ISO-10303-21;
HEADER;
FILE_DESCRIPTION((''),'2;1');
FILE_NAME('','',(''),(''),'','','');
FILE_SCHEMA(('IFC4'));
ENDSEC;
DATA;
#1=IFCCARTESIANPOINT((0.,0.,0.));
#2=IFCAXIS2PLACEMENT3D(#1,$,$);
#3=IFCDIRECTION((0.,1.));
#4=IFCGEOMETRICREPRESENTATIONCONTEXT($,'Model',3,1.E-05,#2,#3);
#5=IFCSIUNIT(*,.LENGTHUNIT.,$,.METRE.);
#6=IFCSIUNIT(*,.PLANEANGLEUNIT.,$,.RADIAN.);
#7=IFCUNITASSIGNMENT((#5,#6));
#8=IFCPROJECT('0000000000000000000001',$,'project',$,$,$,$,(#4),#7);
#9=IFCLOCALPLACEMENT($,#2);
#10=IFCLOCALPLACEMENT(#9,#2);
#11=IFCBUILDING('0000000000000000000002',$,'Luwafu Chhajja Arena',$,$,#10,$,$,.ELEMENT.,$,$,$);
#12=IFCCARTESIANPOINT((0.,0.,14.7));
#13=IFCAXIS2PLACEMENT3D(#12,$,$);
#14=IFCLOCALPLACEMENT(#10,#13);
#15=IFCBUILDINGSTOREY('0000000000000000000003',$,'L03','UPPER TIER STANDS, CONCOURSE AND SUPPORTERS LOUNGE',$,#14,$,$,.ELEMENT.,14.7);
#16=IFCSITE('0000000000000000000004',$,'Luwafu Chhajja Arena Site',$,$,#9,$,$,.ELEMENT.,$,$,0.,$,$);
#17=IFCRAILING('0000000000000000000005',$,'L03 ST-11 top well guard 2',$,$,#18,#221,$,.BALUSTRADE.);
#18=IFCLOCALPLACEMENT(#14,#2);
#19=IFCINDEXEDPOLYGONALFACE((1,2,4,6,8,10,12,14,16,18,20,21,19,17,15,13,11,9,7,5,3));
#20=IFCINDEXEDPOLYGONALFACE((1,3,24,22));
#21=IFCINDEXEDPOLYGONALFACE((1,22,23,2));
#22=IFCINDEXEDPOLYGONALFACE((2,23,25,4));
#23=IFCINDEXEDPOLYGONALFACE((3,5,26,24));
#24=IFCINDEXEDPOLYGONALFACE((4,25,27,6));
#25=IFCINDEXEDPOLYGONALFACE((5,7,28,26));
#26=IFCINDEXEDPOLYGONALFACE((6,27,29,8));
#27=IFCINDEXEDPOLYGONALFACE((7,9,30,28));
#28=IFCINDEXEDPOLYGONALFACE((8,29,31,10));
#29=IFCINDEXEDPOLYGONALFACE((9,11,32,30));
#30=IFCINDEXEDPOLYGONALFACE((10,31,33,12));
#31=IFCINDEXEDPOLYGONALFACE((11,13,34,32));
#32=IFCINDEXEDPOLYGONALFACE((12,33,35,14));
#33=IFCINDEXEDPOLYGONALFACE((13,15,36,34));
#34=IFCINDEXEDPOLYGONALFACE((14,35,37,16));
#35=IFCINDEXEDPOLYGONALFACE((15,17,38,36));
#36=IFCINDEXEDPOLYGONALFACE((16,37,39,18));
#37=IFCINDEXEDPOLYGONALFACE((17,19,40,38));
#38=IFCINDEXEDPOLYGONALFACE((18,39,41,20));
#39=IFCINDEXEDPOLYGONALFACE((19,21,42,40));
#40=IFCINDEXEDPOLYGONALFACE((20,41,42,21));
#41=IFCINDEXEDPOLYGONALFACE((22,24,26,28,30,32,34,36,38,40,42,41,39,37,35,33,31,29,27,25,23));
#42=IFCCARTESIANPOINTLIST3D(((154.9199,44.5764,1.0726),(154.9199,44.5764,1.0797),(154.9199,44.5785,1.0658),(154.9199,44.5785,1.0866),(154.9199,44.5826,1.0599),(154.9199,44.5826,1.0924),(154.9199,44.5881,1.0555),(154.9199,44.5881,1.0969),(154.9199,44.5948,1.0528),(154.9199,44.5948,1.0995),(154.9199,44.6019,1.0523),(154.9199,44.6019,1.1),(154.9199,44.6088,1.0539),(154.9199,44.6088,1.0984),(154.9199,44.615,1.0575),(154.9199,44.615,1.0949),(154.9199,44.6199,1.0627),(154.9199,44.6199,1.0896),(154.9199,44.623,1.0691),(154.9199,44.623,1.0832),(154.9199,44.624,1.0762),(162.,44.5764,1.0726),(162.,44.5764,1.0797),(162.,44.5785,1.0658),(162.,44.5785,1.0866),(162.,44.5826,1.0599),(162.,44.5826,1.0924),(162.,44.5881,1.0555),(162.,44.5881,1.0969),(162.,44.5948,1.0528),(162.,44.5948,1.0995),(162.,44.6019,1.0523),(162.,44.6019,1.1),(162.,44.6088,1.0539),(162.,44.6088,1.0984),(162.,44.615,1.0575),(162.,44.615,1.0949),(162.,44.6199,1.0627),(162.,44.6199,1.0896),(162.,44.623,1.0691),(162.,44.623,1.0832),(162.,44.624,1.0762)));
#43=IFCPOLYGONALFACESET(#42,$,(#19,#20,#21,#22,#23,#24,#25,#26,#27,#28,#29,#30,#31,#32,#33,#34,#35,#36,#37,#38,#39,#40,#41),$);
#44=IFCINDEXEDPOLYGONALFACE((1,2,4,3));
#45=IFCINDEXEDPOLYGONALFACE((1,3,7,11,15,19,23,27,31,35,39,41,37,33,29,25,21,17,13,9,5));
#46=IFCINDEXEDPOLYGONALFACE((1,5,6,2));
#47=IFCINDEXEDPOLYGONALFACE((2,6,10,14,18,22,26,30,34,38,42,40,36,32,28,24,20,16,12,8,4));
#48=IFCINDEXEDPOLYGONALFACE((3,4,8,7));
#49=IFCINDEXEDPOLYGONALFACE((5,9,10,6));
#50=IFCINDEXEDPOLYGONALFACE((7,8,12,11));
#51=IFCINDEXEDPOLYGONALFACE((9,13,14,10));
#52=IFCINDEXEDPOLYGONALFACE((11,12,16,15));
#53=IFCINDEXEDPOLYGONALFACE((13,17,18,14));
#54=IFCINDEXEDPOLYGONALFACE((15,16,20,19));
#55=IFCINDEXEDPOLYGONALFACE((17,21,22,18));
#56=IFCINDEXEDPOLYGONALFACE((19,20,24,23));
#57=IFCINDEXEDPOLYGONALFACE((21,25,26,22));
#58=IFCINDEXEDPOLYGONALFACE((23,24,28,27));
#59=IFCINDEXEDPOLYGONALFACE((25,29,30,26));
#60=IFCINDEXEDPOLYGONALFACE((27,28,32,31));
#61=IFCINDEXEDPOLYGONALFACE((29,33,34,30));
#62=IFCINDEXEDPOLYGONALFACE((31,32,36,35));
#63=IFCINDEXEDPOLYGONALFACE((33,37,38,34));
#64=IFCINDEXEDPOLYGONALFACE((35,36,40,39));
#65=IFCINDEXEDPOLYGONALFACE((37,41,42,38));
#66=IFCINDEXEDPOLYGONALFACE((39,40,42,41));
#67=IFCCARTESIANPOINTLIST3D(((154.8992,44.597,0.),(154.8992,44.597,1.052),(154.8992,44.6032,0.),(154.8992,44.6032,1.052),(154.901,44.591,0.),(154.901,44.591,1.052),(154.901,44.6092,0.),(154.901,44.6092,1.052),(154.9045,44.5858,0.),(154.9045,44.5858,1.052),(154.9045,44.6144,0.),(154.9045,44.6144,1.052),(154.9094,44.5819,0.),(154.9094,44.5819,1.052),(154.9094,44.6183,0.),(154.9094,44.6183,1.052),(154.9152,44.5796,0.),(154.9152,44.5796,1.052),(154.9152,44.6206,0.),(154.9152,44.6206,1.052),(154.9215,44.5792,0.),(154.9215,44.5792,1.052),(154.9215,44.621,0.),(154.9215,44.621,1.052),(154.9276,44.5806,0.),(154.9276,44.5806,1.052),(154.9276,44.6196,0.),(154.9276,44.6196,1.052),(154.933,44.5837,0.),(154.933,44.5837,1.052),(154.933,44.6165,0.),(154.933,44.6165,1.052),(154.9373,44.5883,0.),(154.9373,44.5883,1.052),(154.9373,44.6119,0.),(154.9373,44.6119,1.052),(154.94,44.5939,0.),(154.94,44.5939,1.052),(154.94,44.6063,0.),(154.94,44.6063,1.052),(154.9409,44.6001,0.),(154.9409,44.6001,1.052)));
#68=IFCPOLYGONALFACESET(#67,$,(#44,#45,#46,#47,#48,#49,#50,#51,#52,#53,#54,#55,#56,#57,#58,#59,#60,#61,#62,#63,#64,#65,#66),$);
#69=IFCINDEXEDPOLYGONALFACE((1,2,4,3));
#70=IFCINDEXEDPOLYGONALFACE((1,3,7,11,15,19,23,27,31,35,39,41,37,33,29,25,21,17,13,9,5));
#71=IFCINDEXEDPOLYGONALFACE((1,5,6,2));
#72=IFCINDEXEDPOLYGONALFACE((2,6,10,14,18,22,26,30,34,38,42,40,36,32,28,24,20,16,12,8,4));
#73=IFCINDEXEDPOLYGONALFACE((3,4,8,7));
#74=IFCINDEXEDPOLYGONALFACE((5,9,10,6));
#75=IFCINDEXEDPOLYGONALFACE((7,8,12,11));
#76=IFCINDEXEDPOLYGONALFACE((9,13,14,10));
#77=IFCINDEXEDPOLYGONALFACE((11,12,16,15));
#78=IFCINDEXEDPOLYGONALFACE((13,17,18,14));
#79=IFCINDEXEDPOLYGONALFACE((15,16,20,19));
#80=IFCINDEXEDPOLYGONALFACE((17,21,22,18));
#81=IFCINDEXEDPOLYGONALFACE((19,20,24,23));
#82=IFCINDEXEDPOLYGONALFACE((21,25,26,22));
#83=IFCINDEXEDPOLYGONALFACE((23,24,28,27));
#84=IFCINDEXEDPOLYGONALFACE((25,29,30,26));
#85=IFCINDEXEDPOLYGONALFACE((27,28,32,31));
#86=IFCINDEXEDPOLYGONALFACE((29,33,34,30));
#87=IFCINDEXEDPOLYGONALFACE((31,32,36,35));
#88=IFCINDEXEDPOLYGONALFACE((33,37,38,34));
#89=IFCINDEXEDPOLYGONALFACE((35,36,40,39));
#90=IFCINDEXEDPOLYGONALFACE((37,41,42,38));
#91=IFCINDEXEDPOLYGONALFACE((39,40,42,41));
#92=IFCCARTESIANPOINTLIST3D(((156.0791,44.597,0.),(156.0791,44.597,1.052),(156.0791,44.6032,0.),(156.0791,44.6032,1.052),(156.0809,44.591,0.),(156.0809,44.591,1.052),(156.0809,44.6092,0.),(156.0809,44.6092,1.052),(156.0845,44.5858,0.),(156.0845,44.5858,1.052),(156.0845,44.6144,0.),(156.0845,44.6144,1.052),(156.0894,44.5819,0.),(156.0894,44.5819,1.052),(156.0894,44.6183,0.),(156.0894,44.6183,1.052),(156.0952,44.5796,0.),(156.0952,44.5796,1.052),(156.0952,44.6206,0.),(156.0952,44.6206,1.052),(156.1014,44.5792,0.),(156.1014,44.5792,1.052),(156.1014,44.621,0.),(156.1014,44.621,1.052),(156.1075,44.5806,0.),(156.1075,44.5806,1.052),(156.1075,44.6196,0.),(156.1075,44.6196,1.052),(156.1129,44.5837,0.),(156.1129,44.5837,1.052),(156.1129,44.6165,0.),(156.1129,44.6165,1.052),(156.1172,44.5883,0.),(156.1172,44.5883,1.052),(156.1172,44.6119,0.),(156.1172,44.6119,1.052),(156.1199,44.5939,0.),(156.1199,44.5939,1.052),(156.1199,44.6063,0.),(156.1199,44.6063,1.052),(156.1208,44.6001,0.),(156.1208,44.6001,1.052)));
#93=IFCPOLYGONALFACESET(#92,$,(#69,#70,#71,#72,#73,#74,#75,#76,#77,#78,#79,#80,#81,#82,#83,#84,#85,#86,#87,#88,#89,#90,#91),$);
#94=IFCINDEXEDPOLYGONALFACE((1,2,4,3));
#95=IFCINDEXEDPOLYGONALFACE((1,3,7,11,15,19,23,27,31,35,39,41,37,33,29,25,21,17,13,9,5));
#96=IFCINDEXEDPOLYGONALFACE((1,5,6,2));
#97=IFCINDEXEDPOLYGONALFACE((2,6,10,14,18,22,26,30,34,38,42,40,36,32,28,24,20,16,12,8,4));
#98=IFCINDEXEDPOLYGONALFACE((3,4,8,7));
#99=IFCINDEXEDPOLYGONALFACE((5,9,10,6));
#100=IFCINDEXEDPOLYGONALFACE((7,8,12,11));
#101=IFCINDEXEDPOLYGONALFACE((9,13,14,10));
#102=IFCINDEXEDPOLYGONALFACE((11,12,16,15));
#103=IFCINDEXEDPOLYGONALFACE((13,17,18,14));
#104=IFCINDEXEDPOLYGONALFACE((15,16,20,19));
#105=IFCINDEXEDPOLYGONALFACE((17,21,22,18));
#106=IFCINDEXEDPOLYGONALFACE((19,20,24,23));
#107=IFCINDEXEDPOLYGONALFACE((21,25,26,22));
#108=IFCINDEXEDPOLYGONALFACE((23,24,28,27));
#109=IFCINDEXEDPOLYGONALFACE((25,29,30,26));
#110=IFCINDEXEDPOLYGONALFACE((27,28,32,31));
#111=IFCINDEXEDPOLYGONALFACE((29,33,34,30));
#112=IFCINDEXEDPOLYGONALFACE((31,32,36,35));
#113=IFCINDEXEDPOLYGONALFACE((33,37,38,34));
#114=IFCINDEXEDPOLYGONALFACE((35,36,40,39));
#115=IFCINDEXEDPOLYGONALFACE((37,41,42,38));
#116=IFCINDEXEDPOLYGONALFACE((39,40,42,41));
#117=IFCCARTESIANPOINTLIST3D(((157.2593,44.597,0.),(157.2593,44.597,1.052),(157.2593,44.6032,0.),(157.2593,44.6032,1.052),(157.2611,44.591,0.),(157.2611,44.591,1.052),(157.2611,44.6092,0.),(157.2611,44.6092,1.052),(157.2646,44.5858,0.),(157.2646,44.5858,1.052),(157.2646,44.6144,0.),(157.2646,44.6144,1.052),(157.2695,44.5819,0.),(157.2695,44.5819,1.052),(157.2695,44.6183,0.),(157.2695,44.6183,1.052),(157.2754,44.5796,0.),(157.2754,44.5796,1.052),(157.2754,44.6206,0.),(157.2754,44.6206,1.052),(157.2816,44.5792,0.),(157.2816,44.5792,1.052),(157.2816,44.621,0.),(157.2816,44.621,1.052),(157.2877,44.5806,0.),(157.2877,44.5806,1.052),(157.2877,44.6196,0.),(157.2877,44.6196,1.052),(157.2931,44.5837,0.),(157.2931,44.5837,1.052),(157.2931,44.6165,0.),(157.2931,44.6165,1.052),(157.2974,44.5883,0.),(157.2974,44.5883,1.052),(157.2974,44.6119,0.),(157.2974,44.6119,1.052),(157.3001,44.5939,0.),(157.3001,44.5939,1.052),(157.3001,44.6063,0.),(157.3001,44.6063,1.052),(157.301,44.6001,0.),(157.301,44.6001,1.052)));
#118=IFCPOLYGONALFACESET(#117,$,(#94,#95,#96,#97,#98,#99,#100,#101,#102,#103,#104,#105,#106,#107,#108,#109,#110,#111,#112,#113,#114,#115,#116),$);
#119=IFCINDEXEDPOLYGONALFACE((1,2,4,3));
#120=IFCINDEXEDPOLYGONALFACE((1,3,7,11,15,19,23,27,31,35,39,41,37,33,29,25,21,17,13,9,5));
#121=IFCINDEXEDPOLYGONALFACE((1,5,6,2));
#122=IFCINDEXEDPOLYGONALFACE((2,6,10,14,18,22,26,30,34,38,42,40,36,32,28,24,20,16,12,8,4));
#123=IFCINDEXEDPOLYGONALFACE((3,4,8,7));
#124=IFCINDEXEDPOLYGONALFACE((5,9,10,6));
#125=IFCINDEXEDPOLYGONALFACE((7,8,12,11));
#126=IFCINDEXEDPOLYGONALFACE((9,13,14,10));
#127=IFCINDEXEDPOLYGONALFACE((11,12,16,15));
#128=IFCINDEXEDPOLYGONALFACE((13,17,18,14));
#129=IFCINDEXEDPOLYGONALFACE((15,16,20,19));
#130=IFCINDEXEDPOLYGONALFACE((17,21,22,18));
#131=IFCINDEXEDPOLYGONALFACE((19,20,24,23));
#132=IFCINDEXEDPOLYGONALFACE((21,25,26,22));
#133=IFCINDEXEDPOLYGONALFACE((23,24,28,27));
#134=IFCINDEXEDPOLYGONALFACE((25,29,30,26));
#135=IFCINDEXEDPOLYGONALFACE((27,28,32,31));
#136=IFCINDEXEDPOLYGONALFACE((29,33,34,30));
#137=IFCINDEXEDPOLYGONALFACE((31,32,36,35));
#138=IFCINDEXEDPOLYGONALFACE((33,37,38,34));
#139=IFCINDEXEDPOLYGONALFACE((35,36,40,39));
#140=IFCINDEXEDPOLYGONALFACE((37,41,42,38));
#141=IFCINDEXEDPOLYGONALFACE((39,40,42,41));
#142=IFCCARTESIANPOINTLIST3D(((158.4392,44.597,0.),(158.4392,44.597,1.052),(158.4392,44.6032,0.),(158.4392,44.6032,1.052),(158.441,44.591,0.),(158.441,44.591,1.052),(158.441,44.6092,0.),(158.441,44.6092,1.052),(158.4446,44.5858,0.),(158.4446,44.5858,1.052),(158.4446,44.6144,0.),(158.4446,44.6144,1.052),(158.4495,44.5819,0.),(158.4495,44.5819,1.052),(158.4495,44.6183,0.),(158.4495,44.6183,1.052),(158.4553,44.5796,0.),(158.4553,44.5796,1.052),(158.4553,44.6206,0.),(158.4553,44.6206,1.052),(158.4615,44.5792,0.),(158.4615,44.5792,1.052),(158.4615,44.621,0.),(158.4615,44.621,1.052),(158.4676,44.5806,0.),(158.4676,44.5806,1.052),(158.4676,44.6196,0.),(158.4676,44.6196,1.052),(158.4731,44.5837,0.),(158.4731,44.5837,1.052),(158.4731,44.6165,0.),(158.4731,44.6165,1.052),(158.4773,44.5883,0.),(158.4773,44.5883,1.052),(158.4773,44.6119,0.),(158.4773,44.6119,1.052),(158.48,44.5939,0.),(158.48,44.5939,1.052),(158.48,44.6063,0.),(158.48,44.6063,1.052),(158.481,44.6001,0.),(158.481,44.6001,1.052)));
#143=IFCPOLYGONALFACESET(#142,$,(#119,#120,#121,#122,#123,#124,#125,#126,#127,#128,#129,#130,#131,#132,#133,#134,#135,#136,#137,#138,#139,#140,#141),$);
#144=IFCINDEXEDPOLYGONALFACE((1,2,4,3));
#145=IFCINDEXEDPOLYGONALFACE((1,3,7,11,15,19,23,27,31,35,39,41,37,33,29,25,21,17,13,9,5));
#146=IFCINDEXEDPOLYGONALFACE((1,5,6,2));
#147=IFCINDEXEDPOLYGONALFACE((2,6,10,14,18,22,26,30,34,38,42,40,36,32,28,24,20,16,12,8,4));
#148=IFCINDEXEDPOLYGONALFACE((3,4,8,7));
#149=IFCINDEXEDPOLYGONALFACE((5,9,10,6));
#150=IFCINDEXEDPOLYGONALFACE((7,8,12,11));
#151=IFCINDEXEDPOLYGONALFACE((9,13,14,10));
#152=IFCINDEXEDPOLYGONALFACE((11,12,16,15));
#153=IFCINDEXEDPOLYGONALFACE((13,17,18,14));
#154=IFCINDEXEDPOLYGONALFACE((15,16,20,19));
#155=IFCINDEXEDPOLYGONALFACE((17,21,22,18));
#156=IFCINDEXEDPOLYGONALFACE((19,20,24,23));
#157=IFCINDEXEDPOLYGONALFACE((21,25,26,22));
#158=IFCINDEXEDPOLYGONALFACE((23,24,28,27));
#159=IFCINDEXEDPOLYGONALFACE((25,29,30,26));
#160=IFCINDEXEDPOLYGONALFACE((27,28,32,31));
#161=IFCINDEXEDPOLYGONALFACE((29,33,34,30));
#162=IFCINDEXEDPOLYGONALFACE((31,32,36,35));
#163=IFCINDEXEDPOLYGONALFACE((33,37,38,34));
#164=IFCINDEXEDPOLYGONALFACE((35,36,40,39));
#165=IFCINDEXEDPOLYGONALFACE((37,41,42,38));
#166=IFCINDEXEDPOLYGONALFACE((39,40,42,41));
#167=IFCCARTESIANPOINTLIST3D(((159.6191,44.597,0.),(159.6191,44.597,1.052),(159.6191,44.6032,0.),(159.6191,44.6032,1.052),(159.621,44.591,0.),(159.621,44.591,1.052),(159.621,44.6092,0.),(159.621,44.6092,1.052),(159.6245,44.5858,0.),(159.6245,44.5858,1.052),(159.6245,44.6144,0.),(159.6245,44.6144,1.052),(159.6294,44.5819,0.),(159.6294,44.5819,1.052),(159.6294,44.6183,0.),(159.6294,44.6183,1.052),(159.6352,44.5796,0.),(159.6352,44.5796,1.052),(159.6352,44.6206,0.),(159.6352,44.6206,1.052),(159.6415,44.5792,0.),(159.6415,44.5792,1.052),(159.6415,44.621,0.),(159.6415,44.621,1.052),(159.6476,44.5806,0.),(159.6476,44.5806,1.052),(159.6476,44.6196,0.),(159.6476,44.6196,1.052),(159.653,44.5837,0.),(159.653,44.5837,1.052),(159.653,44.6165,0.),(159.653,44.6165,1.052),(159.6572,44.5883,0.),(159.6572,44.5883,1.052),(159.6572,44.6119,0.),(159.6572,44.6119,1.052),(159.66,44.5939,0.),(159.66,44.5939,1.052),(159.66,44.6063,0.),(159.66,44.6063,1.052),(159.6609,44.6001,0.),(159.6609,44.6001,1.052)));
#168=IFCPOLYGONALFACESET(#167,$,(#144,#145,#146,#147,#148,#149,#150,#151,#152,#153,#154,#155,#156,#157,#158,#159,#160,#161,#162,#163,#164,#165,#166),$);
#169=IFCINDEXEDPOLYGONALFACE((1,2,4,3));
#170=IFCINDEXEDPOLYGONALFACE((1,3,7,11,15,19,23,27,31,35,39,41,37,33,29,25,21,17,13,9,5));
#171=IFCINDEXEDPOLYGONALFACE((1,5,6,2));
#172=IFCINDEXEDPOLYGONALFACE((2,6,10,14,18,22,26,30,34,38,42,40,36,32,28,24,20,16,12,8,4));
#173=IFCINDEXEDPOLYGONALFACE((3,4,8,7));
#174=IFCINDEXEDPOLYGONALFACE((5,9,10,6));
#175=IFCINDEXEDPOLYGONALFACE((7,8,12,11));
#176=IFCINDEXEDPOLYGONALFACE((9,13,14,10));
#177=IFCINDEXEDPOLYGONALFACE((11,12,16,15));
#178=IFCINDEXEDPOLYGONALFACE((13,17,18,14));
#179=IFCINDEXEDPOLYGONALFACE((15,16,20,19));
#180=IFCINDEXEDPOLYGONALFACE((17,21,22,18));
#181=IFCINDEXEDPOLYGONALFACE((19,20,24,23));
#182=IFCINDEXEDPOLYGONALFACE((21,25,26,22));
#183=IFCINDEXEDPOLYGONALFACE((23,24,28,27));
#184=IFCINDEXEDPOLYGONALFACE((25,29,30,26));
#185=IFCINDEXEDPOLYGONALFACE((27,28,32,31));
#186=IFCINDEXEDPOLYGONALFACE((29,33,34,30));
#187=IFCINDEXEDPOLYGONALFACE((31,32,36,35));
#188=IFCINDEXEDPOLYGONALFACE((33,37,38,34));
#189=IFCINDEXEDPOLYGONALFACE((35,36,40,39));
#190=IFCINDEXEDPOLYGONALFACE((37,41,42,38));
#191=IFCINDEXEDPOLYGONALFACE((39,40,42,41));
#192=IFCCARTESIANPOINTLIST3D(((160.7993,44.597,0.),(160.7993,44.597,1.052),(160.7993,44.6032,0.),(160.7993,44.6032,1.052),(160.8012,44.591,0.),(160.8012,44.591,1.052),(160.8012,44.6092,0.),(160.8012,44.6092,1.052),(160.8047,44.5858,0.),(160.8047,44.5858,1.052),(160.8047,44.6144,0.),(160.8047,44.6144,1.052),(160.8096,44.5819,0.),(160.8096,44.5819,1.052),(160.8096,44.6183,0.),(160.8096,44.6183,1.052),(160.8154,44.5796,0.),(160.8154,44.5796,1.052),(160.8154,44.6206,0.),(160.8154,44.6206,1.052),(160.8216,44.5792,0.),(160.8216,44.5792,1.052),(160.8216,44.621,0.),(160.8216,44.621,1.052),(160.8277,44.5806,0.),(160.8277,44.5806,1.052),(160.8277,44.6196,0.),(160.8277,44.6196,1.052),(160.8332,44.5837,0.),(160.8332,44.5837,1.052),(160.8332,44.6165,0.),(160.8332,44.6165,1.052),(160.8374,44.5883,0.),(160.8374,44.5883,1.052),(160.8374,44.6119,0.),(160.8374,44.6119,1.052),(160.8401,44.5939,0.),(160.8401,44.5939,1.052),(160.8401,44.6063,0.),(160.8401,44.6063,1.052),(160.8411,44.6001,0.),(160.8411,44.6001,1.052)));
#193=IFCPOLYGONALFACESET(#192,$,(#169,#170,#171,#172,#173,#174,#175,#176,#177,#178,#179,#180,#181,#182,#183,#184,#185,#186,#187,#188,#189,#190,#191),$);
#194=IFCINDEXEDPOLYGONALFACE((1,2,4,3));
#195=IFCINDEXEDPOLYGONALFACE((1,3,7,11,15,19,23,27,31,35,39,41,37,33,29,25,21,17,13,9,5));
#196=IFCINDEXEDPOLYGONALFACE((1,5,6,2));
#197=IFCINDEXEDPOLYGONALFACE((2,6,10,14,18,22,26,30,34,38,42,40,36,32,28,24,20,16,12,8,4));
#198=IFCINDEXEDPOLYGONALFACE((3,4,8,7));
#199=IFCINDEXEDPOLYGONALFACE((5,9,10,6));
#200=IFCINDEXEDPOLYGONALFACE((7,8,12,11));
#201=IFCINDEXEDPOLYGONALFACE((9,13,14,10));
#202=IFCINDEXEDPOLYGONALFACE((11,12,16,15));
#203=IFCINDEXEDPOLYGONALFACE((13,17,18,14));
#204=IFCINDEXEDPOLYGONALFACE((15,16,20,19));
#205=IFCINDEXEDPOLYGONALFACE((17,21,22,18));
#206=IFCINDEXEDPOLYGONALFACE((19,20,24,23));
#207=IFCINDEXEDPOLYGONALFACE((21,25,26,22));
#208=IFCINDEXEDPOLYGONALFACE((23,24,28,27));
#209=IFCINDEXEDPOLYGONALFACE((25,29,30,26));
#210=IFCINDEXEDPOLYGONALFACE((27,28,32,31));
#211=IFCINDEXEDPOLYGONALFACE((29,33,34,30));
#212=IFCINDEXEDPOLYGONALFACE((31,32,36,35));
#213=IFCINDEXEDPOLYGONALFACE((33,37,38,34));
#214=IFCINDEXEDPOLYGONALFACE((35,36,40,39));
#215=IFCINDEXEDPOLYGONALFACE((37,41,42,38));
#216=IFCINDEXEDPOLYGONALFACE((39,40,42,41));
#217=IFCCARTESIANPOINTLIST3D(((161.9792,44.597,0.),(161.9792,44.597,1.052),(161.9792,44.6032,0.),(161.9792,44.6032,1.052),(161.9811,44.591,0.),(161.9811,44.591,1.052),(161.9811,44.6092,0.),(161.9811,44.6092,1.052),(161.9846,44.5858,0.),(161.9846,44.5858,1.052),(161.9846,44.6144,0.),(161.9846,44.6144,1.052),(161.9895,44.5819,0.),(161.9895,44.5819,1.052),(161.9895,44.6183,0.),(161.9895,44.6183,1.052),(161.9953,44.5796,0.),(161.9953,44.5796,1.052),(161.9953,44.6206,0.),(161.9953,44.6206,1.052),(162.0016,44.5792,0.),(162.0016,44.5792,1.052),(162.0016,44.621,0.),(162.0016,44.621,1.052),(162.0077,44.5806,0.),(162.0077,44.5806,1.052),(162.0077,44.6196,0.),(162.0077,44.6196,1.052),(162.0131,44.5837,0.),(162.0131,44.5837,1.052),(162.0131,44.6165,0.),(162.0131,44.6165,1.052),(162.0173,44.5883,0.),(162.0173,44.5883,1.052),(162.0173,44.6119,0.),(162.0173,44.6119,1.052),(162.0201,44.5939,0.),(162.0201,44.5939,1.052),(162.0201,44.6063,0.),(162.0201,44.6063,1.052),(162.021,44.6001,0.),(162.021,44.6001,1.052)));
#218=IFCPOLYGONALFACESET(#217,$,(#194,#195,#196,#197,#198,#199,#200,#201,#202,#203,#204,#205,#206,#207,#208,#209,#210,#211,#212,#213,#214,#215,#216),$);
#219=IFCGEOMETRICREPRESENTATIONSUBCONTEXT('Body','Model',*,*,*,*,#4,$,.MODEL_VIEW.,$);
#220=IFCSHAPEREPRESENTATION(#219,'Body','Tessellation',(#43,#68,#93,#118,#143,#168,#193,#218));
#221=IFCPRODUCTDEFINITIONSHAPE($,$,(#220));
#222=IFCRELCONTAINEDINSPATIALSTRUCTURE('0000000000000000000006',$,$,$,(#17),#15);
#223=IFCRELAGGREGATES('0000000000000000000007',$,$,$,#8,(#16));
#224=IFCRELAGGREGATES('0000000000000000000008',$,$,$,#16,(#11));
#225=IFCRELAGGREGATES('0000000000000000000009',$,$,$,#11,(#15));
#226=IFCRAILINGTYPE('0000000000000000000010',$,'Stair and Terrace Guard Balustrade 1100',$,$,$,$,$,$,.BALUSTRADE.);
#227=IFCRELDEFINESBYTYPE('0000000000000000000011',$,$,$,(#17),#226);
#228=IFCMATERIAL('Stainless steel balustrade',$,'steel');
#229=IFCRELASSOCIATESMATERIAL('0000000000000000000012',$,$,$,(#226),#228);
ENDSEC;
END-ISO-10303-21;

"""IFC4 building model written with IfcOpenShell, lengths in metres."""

from ifc_helpers import new_model, si_unit, direction, frame, origin, origin_2d, place, context, subcontext, project, spatial, circle, extrude, material, type_object, element, save


model = new_model("IFC4")

# Units and contexts
model_context = context("Model", 3, precision=1e-05, world=origin(), true_north=direction((0.0, 1.0)))
body_context = subcontext(model_context, "Body", "Model", "MODEL_VIEW")
ifc_project = project(units=[si_unit("LENGTHUNIT", "METRE"), si_unit("PLANEANGLEUNIT", "RADIAN")], contexts=[model_context])

# Site, building, storey
site_placement = place(None, origin())
site = spatial("IfcSite", under=ifc_project, at=site_placement, Name="Luwafu Chhajja Arena Site", CompositionType="ELEMENT", RefElevation=0.0)
building_placement = place(site_placement, origin())
building = spatial("IfcBuilding", under=site, at=building_placement, Name="Luwafu Chhajja Arena", CompositionType="ELEMENT")
storey_placement = place(building_placement, frame((0.0, 0.0, 14.7)))
storey = spatial("IfcBuildingStorey", under=building, at=storey_placement, Name="L03", Description="UPPER TIER STANDS, CONCOURSE AND SUPPORTERS LOUNGE", CompositionType="ELEMENT", Elevation=14.7)

# Railing
ifc_material_1 = material(Name="Stainless steel balustrade", Category="steel")
railing_type = type_object("IfcRailingType", Name="Stair and Terrace Guard Balustrade 1100", PredefinedType="BALUSTRADE", material=ifc_material_1)
for number, where, name in (
    (1, (154.9199, 44.6001, 0.0), "L03 ST-11 top well guard 2"),
):
    element("IfcRailing", number, at=place(storey_placement, frame(where)), inside=storey, type_object=railing_type, Name=name, PredefinedType="BALUSTRADE", context=body_context, shape_type="SweptSolid", body=[
        extrude(circle(Radius=0.0239, at=origin_2d()), frame((0.0, 0.0, 1.0762), z_axis=(1.0, 0.0, 0.0), x_axis=(0.0, 1.0, 0.0)), (0.0, 0.0, 1.0), 7.0801),
        extrude(circle(Radius=0.021, at=origin_2d()), origin(), (0.0, 0.0, 1.0), 1.052),
        extrude(circle(Radius=0.021, at=origin_2d()), frame((1.1799, 0.0, 0.0)), (0.0, 0.0, 1.0), 1.052),
        extrude(circle(Radius=0.021, at=origin_2d()), frame((2.3601, 0.0, 0.0)), (0.0, 0.0, 1.0), 1.052),
        extrude(circle(Radius=0.021, at=origin_2d()), frame((3.54, 0.0, 0.0)), (0.0, 0.0, 1.0), 1.052),
        extrude(circle(Radius=0.021, at=origin_2d()), frame((4.72, 0.0, 0.0)), (0.0, 0.0, 1.0), 1.052),
        extrude(circle(Radius=0.021, at=origin_2d()), frame((5.9001, 0.0, 0.0)), (0.0, 0.0, 1.0), 1.052),
        extrude(circle(Radius=0.021, at=origin_2d()), frame((7.0801, 0.0, 0.0)), (0.0, 0.0, 1.0), 1.052),
    ])

save(model, "model.ifc")
